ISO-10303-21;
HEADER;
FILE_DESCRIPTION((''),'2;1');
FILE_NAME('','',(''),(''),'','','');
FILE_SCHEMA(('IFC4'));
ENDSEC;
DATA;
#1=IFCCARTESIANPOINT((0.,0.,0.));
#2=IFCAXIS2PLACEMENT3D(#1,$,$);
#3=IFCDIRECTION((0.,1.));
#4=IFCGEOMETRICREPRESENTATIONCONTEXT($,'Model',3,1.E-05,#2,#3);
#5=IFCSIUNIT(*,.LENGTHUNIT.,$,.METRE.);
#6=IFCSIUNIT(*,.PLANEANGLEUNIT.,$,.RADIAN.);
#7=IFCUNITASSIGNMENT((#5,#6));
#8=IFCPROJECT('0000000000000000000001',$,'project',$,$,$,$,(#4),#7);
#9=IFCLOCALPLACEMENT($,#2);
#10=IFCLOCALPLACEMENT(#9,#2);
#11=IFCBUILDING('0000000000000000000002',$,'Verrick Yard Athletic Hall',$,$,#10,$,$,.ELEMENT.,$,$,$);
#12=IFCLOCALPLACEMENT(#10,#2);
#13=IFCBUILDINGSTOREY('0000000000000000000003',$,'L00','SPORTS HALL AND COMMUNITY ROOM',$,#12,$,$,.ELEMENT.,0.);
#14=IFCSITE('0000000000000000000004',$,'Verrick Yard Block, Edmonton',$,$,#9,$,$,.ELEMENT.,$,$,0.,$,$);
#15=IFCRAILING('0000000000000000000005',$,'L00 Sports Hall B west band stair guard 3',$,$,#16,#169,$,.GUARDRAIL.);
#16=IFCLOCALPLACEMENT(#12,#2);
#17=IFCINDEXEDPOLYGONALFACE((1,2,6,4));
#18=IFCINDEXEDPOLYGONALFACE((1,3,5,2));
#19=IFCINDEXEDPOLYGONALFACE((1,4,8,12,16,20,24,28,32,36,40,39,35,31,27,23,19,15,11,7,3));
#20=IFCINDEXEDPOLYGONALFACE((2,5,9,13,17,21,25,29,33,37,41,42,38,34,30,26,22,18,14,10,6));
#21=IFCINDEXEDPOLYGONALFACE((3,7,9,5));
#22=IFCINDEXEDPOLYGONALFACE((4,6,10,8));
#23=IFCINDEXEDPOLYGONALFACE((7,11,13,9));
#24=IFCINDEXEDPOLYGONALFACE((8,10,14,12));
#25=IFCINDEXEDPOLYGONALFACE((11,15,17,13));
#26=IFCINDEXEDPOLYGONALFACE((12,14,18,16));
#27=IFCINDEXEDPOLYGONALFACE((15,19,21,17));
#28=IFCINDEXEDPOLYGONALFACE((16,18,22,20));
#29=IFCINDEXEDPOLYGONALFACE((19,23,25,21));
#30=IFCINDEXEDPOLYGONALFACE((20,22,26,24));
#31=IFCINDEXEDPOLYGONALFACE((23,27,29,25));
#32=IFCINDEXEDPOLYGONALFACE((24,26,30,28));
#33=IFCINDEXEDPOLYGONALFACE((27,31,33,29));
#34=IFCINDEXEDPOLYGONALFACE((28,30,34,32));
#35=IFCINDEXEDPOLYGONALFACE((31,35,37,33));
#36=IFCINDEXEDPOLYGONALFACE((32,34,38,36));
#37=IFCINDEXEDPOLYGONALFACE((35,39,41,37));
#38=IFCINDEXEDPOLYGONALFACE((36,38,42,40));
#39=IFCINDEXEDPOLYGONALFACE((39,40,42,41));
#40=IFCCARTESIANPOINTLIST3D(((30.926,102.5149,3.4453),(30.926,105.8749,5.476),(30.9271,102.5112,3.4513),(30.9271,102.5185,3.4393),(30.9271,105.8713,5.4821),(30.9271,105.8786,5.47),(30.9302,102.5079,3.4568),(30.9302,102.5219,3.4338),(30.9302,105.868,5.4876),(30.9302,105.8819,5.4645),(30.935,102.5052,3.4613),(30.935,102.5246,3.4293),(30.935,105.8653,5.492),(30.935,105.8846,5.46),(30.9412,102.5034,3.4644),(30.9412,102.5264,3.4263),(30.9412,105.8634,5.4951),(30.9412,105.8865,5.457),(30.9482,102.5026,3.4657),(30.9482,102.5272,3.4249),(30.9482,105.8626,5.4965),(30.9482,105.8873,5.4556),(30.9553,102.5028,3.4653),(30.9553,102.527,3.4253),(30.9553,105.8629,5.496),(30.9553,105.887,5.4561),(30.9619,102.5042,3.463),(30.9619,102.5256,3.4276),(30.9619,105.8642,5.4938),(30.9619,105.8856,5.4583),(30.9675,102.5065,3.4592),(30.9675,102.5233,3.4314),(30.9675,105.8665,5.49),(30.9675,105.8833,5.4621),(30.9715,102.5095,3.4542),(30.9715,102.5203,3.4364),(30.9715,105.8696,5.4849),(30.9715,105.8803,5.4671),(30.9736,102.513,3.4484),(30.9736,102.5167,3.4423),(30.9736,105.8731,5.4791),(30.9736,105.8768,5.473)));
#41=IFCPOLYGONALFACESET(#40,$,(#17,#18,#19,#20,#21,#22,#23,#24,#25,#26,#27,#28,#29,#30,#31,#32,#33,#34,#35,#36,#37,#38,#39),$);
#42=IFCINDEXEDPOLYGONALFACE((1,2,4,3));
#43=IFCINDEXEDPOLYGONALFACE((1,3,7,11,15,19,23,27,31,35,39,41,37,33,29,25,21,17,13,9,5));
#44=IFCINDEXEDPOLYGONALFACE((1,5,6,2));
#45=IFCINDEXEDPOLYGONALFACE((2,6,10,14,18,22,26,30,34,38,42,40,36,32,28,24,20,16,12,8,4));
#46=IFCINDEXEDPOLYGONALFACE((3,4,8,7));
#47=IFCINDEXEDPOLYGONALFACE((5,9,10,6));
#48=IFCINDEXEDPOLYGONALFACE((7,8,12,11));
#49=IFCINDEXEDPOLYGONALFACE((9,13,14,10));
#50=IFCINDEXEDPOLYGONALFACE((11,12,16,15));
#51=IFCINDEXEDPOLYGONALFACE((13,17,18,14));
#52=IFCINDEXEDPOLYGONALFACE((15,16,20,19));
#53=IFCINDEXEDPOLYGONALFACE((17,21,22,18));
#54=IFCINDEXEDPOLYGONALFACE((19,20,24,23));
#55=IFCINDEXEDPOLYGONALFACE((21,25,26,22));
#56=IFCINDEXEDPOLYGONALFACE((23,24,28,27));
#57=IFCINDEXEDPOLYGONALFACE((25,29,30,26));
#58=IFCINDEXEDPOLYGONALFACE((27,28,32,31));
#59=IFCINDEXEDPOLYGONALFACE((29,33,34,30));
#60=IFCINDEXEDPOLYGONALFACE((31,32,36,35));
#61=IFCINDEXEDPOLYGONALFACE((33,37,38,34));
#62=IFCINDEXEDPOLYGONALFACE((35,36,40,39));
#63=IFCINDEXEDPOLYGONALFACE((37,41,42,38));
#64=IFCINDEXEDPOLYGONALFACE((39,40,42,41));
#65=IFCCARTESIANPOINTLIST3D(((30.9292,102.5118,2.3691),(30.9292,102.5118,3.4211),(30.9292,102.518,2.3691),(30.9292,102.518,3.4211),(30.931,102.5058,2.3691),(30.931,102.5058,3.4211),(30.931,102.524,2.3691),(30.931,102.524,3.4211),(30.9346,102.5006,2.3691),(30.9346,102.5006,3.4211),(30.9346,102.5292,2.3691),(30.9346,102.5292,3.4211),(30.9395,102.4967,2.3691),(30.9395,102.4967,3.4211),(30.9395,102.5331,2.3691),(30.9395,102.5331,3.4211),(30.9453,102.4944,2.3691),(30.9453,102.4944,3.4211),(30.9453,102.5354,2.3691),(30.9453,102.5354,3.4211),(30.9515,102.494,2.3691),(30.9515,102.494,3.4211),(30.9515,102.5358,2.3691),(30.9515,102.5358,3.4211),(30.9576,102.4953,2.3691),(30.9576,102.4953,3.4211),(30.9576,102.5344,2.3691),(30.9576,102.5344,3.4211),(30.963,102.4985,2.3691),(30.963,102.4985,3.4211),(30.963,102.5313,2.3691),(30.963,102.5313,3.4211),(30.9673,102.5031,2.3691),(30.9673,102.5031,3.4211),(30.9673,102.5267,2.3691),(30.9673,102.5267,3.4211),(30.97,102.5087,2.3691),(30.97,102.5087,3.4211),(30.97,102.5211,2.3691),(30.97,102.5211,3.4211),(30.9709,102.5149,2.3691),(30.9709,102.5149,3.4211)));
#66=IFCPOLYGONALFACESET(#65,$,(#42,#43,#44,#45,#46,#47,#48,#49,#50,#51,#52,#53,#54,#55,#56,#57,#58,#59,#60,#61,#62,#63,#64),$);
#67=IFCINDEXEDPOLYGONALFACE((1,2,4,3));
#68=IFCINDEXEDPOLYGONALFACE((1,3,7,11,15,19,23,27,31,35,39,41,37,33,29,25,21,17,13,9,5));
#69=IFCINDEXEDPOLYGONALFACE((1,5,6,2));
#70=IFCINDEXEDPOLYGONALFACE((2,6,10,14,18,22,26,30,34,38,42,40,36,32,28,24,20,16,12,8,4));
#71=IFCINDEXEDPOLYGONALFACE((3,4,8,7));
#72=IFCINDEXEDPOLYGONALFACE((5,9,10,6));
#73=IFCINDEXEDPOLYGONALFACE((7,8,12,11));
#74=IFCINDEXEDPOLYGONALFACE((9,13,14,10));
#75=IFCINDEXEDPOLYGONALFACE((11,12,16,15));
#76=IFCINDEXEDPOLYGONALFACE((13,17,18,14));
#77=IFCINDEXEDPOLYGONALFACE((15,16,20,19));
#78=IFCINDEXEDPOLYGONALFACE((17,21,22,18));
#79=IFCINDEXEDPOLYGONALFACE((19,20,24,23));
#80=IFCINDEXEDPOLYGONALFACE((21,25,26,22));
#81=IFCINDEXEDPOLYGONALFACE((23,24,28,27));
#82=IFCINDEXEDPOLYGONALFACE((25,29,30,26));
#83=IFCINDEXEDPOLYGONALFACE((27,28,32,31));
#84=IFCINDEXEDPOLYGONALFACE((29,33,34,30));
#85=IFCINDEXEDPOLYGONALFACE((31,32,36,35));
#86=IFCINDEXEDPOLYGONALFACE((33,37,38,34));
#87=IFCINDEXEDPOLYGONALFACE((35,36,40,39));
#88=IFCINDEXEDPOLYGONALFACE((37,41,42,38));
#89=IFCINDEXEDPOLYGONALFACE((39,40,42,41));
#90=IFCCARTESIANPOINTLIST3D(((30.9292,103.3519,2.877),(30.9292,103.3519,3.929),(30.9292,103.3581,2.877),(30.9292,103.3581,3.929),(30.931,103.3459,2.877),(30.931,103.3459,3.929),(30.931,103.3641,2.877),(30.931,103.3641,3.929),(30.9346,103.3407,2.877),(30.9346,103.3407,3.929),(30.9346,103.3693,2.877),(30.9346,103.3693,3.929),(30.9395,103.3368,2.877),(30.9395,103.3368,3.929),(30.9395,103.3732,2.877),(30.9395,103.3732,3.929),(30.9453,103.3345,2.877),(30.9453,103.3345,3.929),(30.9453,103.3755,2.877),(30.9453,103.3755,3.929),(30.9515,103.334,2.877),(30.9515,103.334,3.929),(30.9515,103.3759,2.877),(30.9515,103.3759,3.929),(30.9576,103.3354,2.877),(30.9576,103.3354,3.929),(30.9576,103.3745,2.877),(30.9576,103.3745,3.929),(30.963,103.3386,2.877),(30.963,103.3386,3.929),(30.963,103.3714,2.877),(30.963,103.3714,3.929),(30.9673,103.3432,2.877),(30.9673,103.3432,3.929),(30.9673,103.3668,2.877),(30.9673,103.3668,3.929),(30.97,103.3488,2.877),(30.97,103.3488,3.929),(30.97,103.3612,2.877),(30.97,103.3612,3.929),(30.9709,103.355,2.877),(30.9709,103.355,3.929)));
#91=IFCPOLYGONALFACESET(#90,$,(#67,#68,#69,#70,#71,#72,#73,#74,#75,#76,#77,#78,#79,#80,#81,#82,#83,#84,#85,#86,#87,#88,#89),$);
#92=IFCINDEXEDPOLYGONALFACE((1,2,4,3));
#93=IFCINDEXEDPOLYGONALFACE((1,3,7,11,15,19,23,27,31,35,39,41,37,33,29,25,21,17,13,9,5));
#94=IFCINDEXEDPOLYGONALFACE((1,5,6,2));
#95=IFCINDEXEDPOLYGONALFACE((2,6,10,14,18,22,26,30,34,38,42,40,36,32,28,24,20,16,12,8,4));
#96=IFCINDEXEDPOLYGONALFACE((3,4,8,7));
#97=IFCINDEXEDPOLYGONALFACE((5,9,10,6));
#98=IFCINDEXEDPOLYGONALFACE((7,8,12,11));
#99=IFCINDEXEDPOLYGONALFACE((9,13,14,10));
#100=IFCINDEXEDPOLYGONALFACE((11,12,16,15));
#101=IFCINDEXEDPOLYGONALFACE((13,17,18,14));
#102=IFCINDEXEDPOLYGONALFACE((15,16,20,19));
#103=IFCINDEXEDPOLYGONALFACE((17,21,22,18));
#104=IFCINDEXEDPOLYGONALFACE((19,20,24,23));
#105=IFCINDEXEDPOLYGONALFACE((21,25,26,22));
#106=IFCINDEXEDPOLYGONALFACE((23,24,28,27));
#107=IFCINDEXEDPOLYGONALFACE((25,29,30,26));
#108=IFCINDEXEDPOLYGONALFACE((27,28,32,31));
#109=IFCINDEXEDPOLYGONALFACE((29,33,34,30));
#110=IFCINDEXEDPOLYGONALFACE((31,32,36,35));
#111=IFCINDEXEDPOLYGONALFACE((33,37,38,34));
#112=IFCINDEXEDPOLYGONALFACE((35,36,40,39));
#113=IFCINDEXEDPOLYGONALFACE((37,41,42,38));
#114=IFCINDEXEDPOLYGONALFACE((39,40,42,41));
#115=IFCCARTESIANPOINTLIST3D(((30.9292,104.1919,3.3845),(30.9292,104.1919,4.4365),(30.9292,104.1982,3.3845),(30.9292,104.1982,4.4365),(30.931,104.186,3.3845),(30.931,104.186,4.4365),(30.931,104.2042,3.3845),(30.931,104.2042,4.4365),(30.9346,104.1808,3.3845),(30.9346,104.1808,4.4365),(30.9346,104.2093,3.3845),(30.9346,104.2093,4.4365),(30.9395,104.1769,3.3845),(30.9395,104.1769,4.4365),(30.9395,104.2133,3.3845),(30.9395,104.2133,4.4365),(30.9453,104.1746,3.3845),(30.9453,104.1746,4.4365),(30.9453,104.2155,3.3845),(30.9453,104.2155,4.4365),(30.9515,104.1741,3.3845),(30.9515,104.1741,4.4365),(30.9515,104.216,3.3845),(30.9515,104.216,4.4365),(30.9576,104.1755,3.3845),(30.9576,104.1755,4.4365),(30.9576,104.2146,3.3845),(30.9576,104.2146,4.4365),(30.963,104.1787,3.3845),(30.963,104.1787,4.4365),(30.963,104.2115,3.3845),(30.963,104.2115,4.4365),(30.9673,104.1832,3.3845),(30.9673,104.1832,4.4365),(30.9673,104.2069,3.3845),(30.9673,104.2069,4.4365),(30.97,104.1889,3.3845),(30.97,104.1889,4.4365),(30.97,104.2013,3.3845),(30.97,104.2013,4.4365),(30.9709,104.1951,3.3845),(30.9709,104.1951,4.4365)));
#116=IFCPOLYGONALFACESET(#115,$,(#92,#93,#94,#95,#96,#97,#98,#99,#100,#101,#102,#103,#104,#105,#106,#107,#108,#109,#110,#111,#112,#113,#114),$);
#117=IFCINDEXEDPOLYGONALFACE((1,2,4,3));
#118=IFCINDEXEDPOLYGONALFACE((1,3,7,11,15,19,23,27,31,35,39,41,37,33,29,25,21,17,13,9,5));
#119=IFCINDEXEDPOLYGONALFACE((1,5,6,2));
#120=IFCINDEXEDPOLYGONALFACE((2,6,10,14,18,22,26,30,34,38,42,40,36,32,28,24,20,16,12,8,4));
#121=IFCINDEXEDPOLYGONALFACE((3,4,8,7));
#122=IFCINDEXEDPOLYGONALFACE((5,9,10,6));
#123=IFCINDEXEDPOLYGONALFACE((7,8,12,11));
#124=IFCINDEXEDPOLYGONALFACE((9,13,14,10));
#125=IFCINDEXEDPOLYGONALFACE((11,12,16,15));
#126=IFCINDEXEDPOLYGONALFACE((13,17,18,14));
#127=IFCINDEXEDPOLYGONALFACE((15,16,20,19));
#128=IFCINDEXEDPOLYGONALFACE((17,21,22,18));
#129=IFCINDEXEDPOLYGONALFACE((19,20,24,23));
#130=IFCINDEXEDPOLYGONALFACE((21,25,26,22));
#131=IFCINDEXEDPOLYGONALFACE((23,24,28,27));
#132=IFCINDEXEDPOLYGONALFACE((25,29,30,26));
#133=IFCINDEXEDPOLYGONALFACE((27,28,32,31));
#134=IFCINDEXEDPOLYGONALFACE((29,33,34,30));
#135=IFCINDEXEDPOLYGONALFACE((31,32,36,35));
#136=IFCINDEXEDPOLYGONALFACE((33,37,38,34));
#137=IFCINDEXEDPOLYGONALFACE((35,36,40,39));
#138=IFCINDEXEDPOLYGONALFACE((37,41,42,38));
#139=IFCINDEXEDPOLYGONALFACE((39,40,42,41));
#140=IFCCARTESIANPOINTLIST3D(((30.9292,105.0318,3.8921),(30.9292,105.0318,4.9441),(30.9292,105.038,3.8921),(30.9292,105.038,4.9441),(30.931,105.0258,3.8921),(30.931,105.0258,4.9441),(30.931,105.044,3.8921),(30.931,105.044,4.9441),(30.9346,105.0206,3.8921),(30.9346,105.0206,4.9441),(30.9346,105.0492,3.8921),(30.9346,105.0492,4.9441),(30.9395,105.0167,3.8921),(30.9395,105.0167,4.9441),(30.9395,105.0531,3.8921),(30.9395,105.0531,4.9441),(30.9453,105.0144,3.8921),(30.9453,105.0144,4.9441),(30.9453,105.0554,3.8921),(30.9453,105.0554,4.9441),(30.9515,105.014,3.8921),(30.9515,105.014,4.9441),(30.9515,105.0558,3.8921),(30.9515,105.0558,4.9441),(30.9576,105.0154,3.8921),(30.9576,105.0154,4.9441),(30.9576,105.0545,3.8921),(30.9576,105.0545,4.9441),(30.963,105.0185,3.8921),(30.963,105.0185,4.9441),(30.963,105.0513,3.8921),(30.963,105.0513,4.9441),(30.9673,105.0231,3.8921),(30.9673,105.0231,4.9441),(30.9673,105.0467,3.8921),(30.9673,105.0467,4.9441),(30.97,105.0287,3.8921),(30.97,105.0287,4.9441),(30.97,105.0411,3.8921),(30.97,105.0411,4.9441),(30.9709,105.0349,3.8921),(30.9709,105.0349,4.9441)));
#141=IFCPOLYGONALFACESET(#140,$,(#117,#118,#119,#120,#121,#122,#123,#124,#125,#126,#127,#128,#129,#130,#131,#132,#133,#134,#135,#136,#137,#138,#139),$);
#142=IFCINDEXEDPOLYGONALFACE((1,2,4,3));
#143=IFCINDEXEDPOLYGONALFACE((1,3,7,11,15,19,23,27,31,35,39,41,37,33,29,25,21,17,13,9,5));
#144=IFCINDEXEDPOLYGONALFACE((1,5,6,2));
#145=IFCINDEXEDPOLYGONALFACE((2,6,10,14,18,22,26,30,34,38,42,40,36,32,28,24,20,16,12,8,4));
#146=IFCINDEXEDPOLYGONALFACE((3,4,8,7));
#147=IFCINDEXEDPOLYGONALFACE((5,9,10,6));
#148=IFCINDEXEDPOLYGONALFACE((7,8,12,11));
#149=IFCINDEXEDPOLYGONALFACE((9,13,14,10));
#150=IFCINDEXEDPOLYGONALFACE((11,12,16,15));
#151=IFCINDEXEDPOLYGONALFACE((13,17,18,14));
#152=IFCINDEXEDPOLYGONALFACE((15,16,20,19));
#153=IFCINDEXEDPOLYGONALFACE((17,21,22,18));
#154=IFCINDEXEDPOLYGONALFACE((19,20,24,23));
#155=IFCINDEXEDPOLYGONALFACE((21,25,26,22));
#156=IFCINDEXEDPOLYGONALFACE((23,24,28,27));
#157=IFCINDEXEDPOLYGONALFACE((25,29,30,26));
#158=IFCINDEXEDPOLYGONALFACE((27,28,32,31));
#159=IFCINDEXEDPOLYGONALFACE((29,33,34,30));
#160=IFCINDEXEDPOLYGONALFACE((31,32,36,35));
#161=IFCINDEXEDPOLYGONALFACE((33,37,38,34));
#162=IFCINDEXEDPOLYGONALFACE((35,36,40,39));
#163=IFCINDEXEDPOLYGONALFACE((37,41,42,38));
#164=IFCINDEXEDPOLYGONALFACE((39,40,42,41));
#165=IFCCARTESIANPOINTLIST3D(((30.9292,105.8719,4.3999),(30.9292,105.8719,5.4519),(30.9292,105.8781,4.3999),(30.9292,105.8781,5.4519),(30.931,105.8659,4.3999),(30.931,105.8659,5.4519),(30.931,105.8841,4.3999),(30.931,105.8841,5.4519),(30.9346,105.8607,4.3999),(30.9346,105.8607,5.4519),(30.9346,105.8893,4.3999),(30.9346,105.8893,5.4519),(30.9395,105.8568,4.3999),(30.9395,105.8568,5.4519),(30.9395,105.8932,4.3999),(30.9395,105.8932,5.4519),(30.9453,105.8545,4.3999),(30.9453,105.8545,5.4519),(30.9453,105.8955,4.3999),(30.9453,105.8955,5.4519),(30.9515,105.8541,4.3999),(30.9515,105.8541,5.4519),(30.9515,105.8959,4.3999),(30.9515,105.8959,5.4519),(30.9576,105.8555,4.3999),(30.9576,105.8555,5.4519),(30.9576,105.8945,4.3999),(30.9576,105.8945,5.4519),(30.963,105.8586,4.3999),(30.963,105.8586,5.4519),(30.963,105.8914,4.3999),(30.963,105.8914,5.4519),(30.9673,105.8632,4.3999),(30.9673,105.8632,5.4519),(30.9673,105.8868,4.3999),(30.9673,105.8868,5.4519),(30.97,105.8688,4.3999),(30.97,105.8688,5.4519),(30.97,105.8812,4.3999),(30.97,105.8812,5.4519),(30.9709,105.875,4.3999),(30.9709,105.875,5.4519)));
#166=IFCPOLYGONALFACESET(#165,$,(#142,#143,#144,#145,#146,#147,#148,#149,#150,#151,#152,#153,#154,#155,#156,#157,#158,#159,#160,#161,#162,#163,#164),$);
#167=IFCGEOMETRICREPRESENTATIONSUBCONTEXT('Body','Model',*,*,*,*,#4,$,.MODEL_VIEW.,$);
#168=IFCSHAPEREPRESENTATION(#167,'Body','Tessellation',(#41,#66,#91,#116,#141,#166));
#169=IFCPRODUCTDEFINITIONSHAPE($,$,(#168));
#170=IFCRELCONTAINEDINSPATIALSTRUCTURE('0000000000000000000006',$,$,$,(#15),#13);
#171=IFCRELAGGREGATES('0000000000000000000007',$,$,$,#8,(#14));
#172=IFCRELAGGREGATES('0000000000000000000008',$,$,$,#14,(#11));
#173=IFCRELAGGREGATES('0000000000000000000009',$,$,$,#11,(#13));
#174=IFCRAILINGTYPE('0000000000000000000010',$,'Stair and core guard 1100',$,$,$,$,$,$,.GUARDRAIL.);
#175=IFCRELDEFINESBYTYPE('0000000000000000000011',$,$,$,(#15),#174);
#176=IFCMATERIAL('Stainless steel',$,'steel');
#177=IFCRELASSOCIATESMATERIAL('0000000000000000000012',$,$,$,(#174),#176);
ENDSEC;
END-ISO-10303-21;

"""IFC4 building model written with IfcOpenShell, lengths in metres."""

from ifc_helpers import new_model, si_unit, direction, frame, origin, origin_2d, place, context, subcontext, project, spatial, circle, extrude, material, type_object, element, save


model = new_model("IFC4")

# Units and contexts
model_context = context("Model", 3, precision=1e-05, world=origin(), true_north=direction((0.0, 1.0)))
body_context = subcontext(model_context, "Body", "Model", "MODEL_VIEW")
ifc_project = project(units=[si_unit("LENGTHUNIT", "METRE"), si_unit("PLANEANGLEUNIT", "RADIAN")], contexts=[model_context])

# Site, building, storey
site_placement = place(None, origin())
site = spatial("IfcSite", under=ifc_project, at=site_placement, Name="Verrick Yard Block, Edmonton", CompositionType="ELEMENT", RefElevation=0.0)
building_placement = place(site_placement, origin())
building = spatial("IfcBuilding", under=site, at=building_placement, Name="Verrick Yard Athletic Hall", CompositionType="ELEMENT")
storey_placement = place(building_placement, origin())
storey = spatial("IfcBuildingStorey", under=building, at=storey_placement, Name="L00", Description="SPORTS HALL AND COMMUNITY ROOM", CompositionType="ELEMENT", Elevation=0.0)

# Railing
ifc_material_1 = material(Name="Stainless steel", Category="steel")
railing_type_1 = type_object("IfcRailingType", Name="Stair and core guard 1100", PredefinedType="GUARDRAIL", material=ifc_material_1)
railing_1_placement = place(storey_placement, frame((30.95, 102.5149, 2.3691)))
element("IfcRailing", 1, at=railing_1_placement, inside=storey, type_object=railing_type_1, Name="L00 Sports Hall B west band stair guard 3", PredefinedType="GUARDRAIL", context=body_context, shape_type="SweptSolid", body=[
    extrude(circle(Radius=0.0239, at=origin_2d()), frame((0.0, 0.0, 1.0762), z_axis=(0.0, 0.855837, 0.517246), x_axis=(-1.0, 0.0, 0.0)), (0.0, 0.0, 1.0), 3.926),
    extrude(circle(Radius=0.021, at=origin_2d()), origin(), (0.0, 0.0, 1.0), 1.052),
    extrude(circle(Radius=0.021, at=origin_2d()), frame((0.0, 0.8401, 0.5078)), (0.0, 0.0, 1.0), 1.052),
    extrude(circle(Radius=0.021, at=origin_2d()), frame((0.0, 1.6802, 1.0154)), (0.0, 0.0, 1.0), 1.052),
    extrude(circle(Radius=0.021, at=origin_2d()), frame((0.0, 2.52, 1.5229)), (0.0, 0.0, 1.0), 1.052),
    extrude(circle(Radius=0.021, at=origin_2d()), frame((0.0, 3.3601, 2.0308)), (0.0, 0.0, 1.0), 1.052),
])

save(model, "model.ifc")
